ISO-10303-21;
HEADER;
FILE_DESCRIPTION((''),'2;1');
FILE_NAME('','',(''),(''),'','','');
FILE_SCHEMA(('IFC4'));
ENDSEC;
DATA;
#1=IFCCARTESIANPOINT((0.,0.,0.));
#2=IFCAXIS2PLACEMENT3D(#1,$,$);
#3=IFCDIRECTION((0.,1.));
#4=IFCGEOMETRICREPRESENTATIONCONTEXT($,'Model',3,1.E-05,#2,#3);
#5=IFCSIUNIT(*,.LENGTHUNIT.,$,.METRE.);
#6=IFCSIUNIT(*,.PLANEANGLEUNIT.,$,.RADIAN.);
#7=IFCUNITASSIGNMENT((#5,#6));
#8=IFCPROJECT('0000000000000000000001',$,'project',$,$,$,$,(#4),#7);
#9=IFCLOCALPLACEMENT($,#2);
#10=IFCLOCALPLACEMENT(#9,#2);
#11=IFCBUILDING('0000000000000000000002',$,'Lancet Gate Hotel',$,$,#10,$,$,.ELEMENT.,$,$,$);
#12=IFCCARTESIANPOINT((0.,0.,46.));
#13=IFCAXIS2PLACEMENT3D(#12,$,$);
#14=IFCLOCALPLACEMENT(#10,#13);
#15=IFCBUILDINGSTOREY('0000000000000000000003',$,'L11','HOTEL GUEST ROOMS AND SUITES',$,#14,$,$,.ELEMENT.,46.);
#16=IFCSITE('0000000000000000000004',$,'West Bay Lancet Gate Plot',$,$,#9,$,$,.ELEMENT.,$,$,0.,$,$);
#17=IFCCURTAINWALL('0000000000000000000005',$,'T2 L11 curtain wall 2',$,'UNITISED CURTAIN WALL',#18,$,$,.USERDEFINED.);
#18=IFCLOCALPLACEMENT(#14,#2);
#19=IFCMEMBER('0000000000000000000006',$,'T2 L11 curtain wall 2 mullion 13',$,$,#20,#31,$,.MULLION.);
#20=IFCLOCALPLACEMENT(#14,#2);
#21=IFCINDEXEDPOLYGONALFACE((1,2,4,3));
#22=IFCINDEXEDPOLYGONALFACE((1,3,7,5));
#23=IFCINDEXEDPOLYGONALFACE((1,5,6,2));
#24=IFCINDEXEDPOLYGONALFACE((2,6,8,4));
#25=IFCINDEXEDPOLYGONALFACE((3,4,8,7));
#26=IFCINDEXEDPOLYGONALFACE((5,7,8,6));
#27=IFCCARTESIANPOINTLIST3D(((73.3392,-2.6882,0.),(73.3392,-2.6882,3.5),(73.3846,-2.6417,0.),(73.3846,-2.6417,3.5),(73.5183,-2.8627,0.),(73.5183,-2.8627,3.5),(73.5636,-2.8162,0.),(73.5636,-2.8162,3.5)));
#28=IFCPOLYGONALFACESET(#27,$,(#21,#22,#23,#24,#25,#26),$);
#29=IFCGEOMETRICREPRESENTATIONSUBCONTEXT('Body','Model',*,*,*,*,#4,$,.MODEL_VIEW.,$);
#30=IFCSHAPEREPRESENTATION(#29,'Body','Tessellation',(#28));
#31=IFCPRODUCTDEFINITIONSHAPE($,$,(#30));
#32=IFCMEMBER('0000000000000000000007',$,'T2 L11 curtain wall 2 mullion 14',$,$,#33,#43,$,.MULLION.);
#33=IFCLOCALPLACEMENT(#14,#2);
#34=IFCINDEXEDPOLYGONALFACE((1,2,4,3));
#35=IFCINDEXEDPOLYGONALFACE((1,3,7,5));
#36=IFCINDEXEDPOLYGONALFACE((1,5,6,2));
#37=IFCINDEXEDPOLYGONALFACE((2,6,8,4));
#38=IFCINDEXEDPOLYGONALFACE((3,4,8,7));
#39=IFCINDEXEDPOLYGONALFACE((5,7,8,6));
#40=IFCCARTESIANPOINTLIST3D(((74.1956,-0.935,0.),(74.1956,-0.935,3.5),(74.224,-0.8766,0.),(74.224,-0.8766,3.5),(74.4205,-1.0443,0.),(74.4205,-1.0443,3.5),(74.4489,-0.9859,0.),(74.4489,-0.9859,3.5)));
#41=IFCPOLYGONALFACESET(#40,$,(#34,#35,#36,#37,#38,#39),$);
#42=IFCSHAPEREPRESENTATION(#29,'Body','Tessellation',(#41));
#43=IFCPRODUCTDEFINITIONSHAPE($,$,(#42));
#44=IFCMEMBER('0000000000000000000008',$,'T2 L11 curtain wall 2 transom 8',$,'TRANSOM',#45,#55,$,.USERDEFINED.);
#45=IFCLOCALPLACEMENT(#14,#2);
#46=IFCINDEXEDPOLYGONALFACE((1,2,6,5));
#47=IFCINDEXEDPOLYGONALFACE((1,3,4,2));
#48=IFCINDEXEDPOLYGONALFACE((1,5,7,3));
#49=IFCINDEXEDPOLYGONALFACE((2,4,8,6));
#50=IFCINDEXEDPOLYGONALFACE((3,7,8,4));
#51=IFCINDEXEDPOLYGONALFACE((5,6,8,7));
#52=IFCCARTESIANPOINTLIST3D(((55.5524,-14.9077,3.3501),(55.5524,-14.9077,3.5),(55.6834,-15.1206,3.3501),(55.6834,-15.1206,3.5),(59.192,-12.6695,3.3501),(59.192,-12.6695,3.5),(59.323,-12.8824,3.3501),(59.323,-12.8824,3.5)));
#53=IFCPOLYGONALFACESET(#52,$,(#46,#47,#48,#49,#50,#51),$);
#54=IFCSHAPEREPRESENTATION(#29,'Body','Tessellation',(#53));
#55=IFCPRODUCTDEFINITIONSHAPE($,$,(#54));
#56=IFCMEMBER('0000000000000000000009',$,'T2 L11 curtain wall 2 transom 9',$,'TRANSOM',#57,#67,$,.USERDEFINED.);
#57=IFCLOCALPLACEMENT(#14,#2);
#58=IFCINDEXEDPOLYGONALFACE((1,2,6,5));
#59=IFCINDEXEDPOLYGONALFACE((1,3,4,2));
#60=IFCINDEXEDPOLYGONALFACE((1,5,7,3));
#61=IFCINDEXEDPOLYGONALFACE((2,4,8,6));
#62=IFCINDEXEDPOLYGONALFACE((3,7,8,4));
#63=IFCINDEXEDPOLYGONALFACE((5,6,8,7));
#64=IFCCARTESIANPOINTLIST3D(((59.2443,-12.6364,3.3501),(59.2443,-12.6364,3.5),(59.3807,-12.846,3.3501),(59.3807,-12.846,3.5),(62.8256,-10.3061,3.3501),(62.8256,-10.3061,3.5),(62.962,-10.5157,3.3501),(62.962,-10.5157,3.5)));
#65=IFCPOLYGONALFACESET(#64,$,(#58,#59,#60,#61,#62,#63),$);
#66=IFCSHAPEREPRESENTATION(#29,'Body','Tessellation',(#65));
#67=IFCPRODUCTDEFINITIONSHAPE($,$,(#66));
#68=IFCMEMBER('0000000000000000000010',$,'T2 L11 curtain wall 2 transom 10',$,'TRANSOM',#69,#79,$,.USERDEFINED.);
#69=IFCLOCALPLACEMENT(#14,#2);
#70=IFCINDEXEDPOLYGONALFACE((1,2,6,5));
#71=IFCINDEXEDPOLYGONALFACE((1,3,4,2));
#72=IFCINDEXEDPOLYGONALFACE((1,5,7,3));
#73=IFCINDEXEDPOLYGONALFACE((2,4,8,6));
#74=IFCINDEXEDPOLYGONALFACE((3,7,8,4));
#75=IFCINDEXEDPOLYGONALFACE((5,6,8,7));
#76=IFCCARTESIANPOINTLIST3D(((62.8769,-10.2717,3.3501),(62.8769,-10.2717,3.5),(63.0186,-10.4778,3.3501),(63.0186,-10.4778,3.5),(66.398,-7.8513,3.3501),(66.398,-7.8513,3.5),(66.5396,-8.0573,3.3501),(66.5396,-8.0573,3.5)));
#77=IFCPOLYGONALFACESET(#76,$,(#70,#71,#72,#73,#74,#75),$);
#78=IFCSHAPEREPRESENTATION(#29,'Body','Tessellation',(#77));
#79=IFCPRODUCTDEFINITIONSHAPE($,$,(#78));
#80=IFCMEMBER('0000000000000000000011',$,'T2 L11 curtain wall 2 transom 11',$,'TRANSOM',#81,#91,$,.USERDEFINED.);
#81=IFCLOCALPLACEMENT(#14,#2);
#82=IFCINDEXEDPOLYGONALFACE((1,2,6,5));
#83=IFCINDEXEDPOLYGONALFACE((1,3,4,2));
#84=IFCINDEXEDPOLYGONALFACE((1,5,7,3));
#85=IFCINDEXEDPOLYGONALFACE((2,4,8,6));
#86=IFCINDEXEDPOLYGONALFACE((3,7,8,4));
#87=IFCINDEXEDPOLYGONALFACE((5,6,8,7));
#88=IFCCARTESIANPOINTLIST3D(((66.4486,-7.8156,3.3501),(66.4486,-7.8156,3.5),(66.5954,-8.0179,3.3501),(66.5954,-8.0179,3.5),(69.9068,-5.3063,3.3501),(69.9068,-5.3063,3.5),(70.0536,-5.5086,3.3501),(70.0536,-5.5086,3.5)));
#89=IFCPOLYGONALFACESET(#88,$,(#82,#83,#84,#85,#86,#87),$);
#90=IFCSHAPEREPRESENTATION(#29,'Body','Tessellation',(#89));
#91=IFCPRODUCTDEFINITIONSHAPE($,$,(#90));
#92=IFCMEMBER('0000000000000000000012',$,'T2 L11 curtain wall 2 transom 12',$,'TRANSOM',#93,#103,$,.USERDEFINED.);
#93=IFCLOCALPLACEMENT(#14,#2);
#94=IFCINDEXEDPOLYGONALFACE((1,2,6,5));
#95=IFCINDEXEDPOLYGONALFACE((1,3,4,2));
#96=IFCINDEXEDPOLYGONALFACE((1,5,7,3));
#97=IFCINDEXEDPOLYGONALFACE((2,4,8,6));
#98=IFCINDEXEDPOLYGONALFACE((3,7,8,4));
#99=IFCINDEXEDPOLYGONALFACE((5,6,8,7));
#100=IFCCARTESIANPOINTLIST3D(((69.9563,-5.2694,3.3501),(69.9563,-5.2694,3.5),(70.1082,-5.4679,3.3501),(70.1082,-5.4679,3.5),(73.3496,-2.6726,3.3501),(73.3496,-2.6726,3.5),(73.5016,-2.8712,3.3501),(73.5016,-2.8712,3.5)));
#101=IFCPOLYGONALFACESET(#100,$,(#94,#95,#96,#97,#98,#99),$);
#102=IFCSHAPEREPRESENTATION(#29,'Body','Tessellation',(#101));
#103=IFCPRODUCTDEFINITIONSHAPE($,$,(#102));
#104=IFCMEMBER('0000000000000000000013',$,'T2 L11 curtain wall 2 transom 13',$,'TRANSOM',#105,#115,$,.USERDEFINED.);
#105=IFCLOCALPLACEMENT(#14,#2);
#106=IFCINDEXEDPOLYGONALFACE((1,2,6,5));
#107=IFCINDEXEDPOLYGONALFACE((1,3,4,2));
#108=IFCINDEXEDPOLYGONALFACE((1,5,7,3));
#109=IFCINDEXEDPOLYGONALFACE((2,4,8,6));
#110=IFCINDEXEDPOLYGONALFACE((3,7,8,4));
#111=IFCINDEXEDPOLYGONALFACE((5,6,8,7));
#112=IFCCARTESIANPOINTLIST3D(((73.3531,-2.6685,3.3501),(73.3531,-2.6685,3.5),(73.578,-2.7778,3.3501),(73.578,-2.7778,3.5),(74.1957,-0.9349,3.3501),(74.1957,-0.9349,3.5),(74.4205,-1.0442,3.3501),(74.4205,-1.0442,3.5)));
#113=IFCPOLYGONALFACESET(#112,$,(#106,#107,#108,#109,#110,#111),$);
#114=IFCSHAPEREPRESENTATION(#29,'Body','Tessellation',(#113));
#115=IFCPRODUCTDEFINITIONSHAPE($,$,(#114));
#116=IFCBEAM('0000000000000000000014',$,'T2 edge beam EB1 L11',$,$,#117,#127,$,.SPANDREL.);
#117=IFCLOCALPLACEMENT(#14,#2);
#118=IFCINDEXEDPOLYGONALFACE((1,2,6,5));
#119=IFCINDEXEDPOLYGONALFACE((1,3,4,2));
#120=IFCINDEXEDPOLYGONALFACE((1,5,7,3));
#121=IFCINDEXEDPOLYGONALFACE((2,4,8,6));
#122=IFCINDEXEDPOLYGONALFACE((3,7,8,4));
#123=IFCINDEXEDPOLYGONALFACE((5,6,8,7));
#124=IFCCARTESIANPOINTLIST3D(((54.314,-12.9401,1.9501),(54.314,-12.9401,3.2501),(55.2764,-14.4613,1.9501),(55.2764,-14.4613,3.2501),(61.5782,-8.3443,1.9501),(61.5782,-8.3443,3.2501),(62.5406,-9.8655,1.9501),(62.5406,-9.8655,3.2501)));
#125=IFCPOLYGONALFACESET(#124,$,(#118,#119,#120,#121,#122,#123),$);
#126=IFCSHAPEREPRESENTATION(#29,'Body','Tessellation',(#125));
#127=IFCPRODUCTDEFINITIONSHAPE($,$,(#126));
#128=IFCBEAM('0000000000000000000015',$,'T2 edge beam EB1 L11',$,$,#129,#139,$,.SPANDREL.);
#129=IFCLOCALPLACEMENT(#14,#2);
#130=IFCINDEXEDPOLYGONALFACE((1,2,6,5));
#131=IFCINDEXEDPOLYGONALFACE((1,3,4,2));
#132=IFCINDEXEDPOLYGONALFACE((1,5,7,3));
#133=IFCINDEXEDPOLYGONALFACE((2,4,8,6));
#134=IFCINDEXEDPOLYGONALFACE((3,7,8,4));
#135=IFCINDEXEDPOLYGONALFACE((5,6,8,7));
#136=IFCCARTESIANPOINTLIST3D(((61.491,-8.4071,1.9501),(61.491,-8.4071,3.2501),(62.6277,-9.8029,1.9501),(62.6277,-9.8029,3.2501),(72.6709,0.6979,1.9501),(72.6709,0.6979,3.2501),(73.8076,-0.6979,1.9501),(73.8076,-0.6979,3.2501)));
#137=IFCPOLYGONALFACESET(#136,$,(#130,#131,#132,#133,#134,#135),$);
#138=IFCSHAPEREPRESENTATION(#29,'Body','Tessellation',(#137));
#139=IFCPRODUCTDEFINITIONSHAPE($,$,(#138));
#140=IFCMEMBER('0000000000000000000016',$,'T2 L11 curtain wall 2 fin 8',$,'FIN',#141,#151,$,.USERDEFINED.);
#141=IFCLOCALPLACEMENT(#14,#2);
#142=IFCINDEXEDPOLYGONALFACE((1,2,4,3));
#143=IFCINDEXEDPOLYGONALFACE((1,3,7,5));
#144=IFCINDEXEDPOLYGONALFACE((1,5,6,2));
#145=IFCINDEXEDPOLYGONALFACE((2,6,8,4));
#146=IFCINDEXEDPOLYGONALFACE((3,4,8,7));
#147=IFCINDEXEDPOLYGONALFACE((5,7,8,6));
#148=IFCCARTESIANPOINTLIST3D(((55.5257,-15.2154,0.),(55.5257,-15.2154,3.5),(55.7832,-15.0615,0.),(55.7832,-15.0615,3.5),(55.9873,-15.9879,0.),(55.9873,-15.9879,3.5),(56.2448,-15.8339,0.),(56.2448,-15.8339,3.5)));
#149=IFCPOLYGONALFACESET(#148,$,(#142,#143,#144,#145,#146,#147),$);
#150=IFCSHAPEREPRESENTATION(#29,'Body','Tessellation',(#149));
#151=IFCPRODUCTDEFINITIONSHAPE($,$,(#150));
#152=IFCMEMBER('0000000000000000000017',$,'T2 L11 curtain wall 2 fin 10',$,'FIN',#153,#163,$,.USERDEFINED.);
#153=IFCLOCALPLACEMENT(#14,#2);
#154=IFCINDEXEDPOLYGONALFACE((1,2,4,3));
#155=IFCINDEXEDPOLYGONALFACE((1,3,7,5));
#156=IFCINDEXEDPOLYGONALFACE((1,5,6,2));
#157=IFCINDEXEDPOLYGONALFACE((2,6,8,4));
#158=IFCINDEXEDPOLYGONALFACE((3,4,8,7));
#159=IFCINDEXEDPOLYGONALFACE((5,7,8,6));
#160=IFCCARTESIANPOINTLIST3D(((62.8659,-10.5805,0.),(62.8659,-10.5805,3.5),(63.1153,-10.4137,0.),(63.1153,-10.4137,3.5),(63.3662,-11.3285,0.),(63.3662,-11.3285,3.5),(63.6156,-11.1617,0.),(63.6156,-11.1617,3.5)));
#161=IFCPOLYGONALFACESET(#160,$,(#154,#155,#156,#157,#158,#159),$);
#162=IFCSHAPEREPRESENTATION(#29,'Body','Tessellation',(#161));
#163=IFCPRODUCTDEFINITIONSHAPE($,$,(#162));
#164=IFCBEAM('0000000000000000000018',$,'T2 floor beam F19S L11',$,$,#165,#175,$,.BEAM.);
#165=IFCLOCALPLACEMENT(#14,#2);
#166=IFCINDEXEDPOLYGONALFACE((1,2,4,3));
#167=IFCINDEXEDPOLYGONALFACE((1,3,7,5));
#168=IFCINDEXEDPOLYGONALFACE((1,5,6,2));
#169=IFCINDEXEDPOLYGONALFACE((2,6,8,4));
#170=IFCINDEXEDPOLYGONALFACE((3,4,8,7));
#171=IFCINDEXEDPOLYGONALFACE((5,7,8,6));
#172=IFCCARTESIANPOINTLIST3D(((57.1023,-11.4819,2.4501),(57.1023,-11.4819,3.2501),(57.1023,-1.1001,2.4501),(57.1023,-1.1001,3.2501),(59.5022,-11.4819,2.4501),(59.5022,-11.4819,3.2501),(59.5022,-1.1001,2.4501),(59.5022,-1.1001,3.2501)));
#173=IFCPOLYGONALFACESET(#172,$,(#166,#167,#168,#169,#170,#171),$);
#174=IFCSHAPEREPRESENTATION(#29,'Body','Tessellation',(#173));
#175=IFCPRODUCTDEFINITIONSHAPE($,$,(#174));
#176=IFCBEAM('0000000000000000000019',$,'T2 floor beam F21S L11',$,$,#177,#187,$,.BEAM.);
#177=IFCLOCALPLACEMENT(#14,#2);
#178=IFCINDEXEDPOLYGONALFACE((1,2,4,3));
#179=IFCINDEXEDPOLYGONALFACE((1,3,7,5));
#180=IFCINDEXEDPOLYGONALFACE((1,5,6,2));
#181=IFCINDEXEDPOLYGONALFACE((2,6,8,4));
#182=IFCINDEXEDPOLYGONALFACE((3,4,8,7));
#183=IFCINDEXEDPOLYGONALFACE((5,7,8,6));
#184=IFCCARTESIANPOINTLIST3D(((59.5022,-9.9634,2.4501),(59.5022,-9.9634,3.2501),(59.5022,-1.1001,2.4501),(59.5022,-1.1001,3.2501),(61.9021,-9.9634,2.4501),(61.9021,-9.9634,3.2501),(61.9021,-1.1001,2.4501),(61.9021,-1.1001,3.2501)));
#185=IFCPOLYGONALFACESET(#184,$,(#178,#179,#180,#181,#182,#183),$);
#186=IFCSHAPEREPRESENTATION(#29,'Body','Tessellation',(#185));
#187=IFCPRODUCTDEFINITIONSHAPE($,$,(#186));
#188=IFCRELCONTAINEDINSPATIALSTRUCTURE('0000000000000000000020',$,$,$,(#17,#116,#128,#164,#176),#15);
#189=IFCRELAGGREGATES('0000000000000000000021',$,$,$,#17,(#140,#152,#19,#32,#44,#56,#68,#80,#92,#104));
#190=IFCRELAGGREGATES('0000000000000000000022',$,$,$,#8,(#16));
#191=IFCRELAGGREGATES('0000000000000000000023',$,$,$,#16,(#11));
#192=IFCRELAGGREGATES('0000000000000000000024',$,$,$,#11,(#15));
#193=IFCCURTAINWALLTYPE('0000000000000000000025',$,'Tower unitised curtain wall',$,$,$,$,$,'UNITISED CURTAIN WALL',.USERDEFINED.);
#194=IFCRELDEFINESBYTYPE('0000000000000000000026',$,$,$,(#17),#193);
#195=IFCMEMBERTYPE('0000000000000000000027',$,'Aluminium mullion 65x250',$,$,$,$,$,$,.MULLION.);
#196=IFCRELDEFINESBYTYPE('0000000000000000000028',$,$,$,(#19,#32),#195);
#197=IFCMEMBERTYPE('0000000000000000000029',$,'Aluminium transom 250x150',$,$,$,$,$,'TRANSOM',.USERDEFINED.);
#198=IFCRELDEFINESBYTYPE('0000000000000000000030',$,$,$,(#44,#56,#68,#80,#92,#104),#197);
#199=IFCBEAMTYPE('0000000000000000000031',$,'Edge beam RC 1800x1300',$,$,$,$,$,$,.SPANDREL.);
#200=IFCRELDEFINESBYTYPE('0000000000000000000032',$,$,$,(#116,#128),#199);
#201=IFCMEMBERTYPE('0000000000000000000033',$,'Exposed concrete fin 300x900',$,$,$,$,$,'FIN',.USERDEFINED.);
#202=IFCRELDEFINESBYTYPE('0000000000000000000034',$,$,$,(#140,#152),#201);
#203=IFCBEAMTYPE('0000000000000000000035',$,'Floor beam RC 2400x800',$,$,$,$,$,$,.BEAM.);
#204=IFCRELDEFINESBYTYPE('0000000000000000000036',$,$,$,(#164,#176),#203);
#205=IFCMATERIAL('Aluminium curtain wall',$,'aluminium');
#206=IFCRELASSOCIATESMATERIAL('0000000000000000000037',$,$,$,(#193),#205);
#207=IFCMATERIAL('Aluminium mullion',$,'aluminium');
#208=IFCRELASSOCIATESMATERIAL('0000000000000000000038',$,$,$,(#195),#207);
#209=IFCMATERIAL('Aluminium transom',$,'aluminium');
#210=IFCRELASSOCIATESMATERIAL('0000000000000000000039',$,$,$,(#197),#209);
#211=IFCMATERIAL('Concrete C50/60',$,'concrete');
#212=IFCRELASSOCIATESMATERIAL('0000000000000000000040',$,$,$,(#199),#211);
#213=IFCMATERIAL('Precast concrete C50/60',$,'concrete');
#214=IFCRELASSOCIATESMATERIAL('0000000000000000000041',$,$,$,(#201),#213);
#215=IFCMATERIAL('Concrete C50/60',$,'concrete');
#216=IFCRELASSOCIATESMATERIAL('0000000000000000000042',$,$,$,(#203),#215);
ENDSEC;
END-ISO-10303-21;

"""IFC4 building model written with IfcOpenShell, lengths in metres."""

from ifc_helpers import new_model, si_unit, direction, frame, origin, origin_2d, place, context, subcontext, project, spatial, rectangle, extrude, material, material_profile, profile_set, type_object, element, aggregate, save


model = new_model("IFC4")

# Units and contexts
model_context = context("Model", 3, precision=1e-05, world=origin(), true_north=direction((0.0, 1.0)))
body_context = subcontext(model_context, "Body", "Model", "MODEL_VIEW")
ifc_project = project(units=[si_unit("LENGTHUNIT", "METRE"), si_unit("PLANEANGLEUNIT", "RADIAN")], contexts=[model_context])

# Site, building, storey
site_placement = place(None, origin())
site = spatial("IfcSite", under=ifc_project, at=site_placement, Name="West Bay Lancet Gate Plot", CompositionType="ELEMENT", RefElevation=0.0)
building_placement = place(site_placement, origin())
building = spatial("IfcBuilding", under=site, at=building_placement, Name="Lancet Gate Hotel", CompositionType="ELEMENT")
storey_placement = place(building_placement, frame((0.0, 0.0, 46.0)))
storey = spatial("IfcBuildingStorey", under=building, at=storey_placement, Name="L11", Description="HOTEL GUEST ROOMS AND SUITES", CompositionType="ELEMENT", Elevation=46.0)

# Curtain wall, members
ifc_material_1 = material(Name="Aluminium curtain wall", Category="aluminium")
curtain_wall_type = type_object("IfcCurtainWallType", Name="Tower unitised curtain wall", ElementType="UNITISED CURTAIN WALL", PredefinedType="USERDEFINED", material=ifc_material_1)
curtain_wall_placement = place(storey_placement, origin())
curtain_wall = element("IfcCurtainWall", 1, at=curtain_wall_placement, inside=storey, type_object=curtain_wall_type, Name="T2 L11 curtain wall 2", ObjectType="UNITISED CURTAIN WALL", PredefinedType="USERDEFINED")
ifc_material_2 = material(Name="Aluminium mullion", Category="aluminium")
ifc_material_profile_1 = material_profile(ifc_material_2, rectangle(XDim=0.0649, YDim=0.25, at=origin_2d()), Name="MULLION 65x250")
ifc_profile_set_1 = profile_set([ifc_material_profile_1], Name="Aluminium mullion")
member_type_1 = type_object("IfcMemberType", Name="Aluminium mullion 65x250", PredefinedType="MULLION", material=ifc_profile_set_1)
member_1_placement = place(storey_placement, frame((73.4514, -2.7522, 0.0), z_axis=(0.0, 0.0, 1.0), x_axis=(0.697983, 0.716114, 0.0)))
member_1 = element("IfcMember", 2, at=member_1_placement, type_object=member_type_1, Name="T2 L11 curtain wall 2 mullion 13", PredefinedType="MULLION", context=body_context, shape_type="SweptSolid", body=[
    extrude(rectangle(XDim=0.0649, YDim=0.25, at=origin_2d()), origin(), (0.0, 0.0, 1.0), 3.5),
])
member_2_placement = place(storey_placement, frame((74.3223, -0.9604, 0.0), z_axis=(0.0, 0.0, 1.0), x_axis=(0.437169, 0.899379, 0.0)))
member_2 = element("IfcMember", 3, at=member_2_placement, type_object=member_type_1, Name="T2 L11 curtain wall 2 mullion 14", PredefinedType="MULLION", context=body_context, shape_type="SweptSolid", body=[
    extrude(rectangle(XDim=0.0649, YDim=0.25, at=origin_2d()), origin(), (0.0, 0.0, 1.0), 3.5),
])
ifc_material_3 = material(Name="Aluminium transom", Category="aluminium")
ifc_material_profile_2 = material_profile(ifc_material_3, rectangle(XDim=0.25, YDim=0.1499, at=origin_2d()), Name="TRANSOM 250x150")
ifc_profile_set_2 = profile_set([ifc_material_profile_2], Name="Aluminium transom")
member_type_2 = type_object("IfcMemberType", Name="Aluminium transom 250x150", ElementType="TRANSOM", PredefinedType="USERDEFINED", material=ifc_profile_set_2)
member_3_placement = place(storey_placement, frame((55.6179, -15.0142, 3.425), z_axis=(0.851815, 0.523842, 0.0), x_axis=(-0.523842, 0.851815, 0.0)))
member_3 = element("IfcMember", 4, at=member_3_placement, type_object=member_type_2, Name="T2 L11 curtain wall 2 transom 8", ObjectType="TRANSOM", PredefinedType="USERDEFINED", context=body_context, shape_type="SweptSolid", body=[
    extrude(rectangle(XDim=0.25, YDim=0.1499, at=origin_2d()), origin(), (0.0, 0.0, 1.0), 4.2727),
])
member_4_placement = place(storey_placement, frame((59.3125, -12.7412, 3.425), z_axis=(0.838179, 0.545396, 0.0), x_axis=(-0.545396, 0.838179, 0.0)))
member_4 = element("IfcMember", 5, at=member_4_placement, type_object=member_type_2, Name="T2 L11 curtain wall 2 transom 9", ObjectType="TRANSOM", PredefinedType="USERDEFINED", context=body_context, shape_type="SweptSolid", body=[
    extrude(rectangle(XDim=0.25, YDim=0.1499, at=origin_2d()), origin(), (0.0, 0.0, 1.0), 4.2727),
])
member_5_placement = place(storey_placement, frame((62.9478, -10.3748, 3.425), z_axis=(0.824072, 0.566485, 0.0), x_axis=(-0.566485, 0.824072, 0.0)))
member_5 = element("IfcMember", 6, at=member_5_placement, type_object=member_type_2, Name="T2 L11 curtain wall 2 transom 10", ObjectType="TRANSOM", PredefinedType="USERDEFINED", context=body_context, shape_type="SweptSolid", body=[
    extrude(rectangle(XDim=0.25, YDim=0.1499, at=origin_2d()), origin(), (0.0, 0.0, 1.0), 4.2727),
])
member_6_placement = place(storey_placement, frame((66.522, -7.9167, 3.425), z_axis=(0.809383, 0.587281, 0.0), x_axis=(-0.587281, 0.809383, 0.0)))
member_6 = element("IfcMember", 7, at=member_6_placement, type_object=member_type_2, Name="T2 L11 curtain wall 2 transom 11", ObjectType="TRANSOM", PredefinedType="USERDEFINED", context=body_context, shape_type="SweptSolid", body=[
    extrude(rectangle(XDim=0.25, YDim=0.1499, at=origin_2d()), origin(), (0.0, 0.0, 1.0), 4.2727),
])
member_7_placement = place(storey_placement, frame((70.0322, -5.3687, 3.425), z_axis=(0.794155, 0.607715, 0.0), x_axis=(-0.607715, 0.794155, 0.0)))
member_7 = element("IfcMember", 8, at=member_7_placement, type_object=member_type_2, Name="T2 L11 curtain wall 2 transom 12", ObjectType="TRANSOM", PredefinedType="USERDEFINED", context=body_context, shape_type="SweptSolid", body=[
    extrude(rectangle(XDim=0.25, YDim=0.1499, at=origin_2d()), origin(), (0.0, 0.0, 1.0), 4.2729),
])
member_8_placement = place(storey_placement, frame((73.4656, -2.7231, 3.425), z_axis=(0.437103, 0.899411, 0.0), x_axis=(-0.899411, 0.437103, 0.0)))
member_8 = element("IfcMember", 9, at=member_8_placement, type_object=member_type_2, Name="T2 L11 curtain wall 2 transom 13", ObjectType="TRANSOM", PredefinedType="USERDEFINED", context=body_context, shape_type="SweptSolid", body=[
    extrude(rectangle(XDim=0.25, YDim=0.1499, at=origin_2d()), origin(), (0.0, 0.0, 1.0), 1.9275),
])

# Beams
ifc_material_4 = material(Name="Concrete C50/60", Category="concrete")
ifc_material_profile_3 = material_profile(ifc_material_4, rectangle(XDim=1.8, YDim=1.3, at=origin_2d()), Name="RC 1800x1300")
ifc_profile_set_3 = profile_set([ifc_material_profile_3], Name="Concrete C50/60")
beam_type_1 = type_object("IfcBeamType", Name="Edge beam RC 1800x1300", PredefinedType="SPANDREL", material=ifc_profile_set_3)
beam_1_placement = place(storey_placement, frame((54.7952, -13.7007, 2.6001), z_axis=(0.845078, 0.534643, 0.0), x_axis=(-0.534643, 0.845078, 0.0)))
element("IfcBeam", 10, at=beam_1_placement, inside=storey, type_object=beam_type_1, Name="T2 edge beam EB1 L11", PredefinedType="SPANDREL", context=body_context, shape_type="SweptSolid", body=[
    extrude(rectangle(XDim=1.8, YDim=1.3, at=origin_2d()), origin(), (0.0, 0.0, 1.0), 8.5959),
])
beam_2_placement = place(storey_placement, frame((62.0593, -9.105, 2.6001), z_axis=(0.775391, 0.631481, 0.0), x_axis=(-0.631481, 0.775391, 0.0)))
element("IfcBeam", 11, at=beam_2_placement, inside=storey, type_object=beam_type_1, Name="T2 edge beam EB1 L11", PredefinedType="SPANDREL", context=body_context, shape_type="SweptSolid", body=[
    extrude(rectangle(XDim=1.8, YDim=1.3, at=origin_2d()), origin(), (0.0, 0.0, 1.0), 14.4185),
])

# Members
ifc_material_5 = material(Name="Precast concrete C50/60", Category="concrete")
ifc_material_profile_4 = material_profile(ifc_material_5, rectangle(XDim=0.3, YDim=0.8999, at=origin_2d()), Name="FIN 300x900")
ifc_profile_set_4 = profile_set([ifc_material_profile_4], Name="Precast concrete C50/60")
member_type_3 = type_object("IfcMemberType", Name="Exposed concrete fin 300x900", ElementType="FIN", PredefinedType="USERDEFINED", material=ifc_profile_set_4)
member_9_placement = place(storey_placement, frame((55.8853, -15.5247, 0.0), z_axis=(0.0, 0.0, 1.0), x_axis=(0.858413, 0.512959, 0.0)))
member_9 = element("IfcMember", 12, at=member_9_placement, type_object=member_type_3, Name="T2 L11 curtain wall 2 fin 8", ObjectType="FIN", PredefinedType="USERDEFINED", context=body_context, shape_type="SweptSolid", body=[
    extrude(rectangle(XDim=0.3, YDim=0.8999, at=origin_2d()), origin(), (0.0, 0.0, 1.0), 3.5),
])
member_10_placement = place(storey_placement, frame((63.2407, -10.8711, 0.0), z_axis=(0.0, 0.0, 1.0), x_axis=(0.831198, 0.555976, 0.0)))
member_10 = element("IfcMember", 13, at=member_10_placement, type_object=member_type_3, Name="T2 L11 curtain wall 2 fin 10", ObjectType="FIN", PredefinedType="USERDEFINED", context=body_context, shape_type="SweptSolid", body=[
    extrude(rectangle(XDim=0.3, YDim=0.8999, at=origin_2d()), origin(), (0.0, 0.0, 1.0), 3.5),
])

# Beams
ifc_material_6 = material(Name="Concrete C50/60", Category="concrete")
ifc_material_profile_5 = material_profile(ifc_material_6, rectangle(XDim=2.3999, YDim=0.8, at=origin_2d()), Name="RC 2400x800")
ifc_profile_set_5 = profile_set([ifc_material_profile_5], Name="Concrete C50/60")
beam_type_2 = type_object("IfcBeamType", Name="Floor beam RC 2400x800", PredefinedType="BEAM", material=ifc_profile_set_5)
beam_3_placement = place(storey_placement, frame((58.3022, -11.4819, 2.8501), z_axis=(0.0, 1.0, 0.0), x_axis=(-1.0, 0.0, 0.0)))
element("IfcBeam", 14, at=beam_3_placement, inside=storey, type_object=beam_type_2, Name="T2 floor beam F19S L11", PredefinedType="BEAM", context=body_context, shape_type="SweptSolid", body=[
    extrude(rectangle(XDim=2.3999, YDim=0.8, at=origin_2d()), origin(), (0.0, 0.0, 1.0), 10.3818),
])
beam_4_placement = place(storey_placement, frame((60.7021, -9.9634, 2.8501), z_axis=(0.0, 1.0, 0.0), x_axis=(-1.0, 0.0, 0.0)))
element("IfcBeam", 15, at=beam_4_placement, inside=storey, type_object=beam_type_2, Name="T2 floor beam F21S L11", PredefinedType="BEAM", context=body_context, shape_type="SweptSolid", body=[
    extrude(rectangle(XDim=2.3999, YDim=0.8, at=origin_2d()), origin(), (0.0, 0.0, 1.0), 8.8633),
])

aggregate(curtain_wall, [member_9, member_10, member_1, member_2, member_3, member_4, member_5, member_6, member_7, member_8])

save(model, "model.ifc")
